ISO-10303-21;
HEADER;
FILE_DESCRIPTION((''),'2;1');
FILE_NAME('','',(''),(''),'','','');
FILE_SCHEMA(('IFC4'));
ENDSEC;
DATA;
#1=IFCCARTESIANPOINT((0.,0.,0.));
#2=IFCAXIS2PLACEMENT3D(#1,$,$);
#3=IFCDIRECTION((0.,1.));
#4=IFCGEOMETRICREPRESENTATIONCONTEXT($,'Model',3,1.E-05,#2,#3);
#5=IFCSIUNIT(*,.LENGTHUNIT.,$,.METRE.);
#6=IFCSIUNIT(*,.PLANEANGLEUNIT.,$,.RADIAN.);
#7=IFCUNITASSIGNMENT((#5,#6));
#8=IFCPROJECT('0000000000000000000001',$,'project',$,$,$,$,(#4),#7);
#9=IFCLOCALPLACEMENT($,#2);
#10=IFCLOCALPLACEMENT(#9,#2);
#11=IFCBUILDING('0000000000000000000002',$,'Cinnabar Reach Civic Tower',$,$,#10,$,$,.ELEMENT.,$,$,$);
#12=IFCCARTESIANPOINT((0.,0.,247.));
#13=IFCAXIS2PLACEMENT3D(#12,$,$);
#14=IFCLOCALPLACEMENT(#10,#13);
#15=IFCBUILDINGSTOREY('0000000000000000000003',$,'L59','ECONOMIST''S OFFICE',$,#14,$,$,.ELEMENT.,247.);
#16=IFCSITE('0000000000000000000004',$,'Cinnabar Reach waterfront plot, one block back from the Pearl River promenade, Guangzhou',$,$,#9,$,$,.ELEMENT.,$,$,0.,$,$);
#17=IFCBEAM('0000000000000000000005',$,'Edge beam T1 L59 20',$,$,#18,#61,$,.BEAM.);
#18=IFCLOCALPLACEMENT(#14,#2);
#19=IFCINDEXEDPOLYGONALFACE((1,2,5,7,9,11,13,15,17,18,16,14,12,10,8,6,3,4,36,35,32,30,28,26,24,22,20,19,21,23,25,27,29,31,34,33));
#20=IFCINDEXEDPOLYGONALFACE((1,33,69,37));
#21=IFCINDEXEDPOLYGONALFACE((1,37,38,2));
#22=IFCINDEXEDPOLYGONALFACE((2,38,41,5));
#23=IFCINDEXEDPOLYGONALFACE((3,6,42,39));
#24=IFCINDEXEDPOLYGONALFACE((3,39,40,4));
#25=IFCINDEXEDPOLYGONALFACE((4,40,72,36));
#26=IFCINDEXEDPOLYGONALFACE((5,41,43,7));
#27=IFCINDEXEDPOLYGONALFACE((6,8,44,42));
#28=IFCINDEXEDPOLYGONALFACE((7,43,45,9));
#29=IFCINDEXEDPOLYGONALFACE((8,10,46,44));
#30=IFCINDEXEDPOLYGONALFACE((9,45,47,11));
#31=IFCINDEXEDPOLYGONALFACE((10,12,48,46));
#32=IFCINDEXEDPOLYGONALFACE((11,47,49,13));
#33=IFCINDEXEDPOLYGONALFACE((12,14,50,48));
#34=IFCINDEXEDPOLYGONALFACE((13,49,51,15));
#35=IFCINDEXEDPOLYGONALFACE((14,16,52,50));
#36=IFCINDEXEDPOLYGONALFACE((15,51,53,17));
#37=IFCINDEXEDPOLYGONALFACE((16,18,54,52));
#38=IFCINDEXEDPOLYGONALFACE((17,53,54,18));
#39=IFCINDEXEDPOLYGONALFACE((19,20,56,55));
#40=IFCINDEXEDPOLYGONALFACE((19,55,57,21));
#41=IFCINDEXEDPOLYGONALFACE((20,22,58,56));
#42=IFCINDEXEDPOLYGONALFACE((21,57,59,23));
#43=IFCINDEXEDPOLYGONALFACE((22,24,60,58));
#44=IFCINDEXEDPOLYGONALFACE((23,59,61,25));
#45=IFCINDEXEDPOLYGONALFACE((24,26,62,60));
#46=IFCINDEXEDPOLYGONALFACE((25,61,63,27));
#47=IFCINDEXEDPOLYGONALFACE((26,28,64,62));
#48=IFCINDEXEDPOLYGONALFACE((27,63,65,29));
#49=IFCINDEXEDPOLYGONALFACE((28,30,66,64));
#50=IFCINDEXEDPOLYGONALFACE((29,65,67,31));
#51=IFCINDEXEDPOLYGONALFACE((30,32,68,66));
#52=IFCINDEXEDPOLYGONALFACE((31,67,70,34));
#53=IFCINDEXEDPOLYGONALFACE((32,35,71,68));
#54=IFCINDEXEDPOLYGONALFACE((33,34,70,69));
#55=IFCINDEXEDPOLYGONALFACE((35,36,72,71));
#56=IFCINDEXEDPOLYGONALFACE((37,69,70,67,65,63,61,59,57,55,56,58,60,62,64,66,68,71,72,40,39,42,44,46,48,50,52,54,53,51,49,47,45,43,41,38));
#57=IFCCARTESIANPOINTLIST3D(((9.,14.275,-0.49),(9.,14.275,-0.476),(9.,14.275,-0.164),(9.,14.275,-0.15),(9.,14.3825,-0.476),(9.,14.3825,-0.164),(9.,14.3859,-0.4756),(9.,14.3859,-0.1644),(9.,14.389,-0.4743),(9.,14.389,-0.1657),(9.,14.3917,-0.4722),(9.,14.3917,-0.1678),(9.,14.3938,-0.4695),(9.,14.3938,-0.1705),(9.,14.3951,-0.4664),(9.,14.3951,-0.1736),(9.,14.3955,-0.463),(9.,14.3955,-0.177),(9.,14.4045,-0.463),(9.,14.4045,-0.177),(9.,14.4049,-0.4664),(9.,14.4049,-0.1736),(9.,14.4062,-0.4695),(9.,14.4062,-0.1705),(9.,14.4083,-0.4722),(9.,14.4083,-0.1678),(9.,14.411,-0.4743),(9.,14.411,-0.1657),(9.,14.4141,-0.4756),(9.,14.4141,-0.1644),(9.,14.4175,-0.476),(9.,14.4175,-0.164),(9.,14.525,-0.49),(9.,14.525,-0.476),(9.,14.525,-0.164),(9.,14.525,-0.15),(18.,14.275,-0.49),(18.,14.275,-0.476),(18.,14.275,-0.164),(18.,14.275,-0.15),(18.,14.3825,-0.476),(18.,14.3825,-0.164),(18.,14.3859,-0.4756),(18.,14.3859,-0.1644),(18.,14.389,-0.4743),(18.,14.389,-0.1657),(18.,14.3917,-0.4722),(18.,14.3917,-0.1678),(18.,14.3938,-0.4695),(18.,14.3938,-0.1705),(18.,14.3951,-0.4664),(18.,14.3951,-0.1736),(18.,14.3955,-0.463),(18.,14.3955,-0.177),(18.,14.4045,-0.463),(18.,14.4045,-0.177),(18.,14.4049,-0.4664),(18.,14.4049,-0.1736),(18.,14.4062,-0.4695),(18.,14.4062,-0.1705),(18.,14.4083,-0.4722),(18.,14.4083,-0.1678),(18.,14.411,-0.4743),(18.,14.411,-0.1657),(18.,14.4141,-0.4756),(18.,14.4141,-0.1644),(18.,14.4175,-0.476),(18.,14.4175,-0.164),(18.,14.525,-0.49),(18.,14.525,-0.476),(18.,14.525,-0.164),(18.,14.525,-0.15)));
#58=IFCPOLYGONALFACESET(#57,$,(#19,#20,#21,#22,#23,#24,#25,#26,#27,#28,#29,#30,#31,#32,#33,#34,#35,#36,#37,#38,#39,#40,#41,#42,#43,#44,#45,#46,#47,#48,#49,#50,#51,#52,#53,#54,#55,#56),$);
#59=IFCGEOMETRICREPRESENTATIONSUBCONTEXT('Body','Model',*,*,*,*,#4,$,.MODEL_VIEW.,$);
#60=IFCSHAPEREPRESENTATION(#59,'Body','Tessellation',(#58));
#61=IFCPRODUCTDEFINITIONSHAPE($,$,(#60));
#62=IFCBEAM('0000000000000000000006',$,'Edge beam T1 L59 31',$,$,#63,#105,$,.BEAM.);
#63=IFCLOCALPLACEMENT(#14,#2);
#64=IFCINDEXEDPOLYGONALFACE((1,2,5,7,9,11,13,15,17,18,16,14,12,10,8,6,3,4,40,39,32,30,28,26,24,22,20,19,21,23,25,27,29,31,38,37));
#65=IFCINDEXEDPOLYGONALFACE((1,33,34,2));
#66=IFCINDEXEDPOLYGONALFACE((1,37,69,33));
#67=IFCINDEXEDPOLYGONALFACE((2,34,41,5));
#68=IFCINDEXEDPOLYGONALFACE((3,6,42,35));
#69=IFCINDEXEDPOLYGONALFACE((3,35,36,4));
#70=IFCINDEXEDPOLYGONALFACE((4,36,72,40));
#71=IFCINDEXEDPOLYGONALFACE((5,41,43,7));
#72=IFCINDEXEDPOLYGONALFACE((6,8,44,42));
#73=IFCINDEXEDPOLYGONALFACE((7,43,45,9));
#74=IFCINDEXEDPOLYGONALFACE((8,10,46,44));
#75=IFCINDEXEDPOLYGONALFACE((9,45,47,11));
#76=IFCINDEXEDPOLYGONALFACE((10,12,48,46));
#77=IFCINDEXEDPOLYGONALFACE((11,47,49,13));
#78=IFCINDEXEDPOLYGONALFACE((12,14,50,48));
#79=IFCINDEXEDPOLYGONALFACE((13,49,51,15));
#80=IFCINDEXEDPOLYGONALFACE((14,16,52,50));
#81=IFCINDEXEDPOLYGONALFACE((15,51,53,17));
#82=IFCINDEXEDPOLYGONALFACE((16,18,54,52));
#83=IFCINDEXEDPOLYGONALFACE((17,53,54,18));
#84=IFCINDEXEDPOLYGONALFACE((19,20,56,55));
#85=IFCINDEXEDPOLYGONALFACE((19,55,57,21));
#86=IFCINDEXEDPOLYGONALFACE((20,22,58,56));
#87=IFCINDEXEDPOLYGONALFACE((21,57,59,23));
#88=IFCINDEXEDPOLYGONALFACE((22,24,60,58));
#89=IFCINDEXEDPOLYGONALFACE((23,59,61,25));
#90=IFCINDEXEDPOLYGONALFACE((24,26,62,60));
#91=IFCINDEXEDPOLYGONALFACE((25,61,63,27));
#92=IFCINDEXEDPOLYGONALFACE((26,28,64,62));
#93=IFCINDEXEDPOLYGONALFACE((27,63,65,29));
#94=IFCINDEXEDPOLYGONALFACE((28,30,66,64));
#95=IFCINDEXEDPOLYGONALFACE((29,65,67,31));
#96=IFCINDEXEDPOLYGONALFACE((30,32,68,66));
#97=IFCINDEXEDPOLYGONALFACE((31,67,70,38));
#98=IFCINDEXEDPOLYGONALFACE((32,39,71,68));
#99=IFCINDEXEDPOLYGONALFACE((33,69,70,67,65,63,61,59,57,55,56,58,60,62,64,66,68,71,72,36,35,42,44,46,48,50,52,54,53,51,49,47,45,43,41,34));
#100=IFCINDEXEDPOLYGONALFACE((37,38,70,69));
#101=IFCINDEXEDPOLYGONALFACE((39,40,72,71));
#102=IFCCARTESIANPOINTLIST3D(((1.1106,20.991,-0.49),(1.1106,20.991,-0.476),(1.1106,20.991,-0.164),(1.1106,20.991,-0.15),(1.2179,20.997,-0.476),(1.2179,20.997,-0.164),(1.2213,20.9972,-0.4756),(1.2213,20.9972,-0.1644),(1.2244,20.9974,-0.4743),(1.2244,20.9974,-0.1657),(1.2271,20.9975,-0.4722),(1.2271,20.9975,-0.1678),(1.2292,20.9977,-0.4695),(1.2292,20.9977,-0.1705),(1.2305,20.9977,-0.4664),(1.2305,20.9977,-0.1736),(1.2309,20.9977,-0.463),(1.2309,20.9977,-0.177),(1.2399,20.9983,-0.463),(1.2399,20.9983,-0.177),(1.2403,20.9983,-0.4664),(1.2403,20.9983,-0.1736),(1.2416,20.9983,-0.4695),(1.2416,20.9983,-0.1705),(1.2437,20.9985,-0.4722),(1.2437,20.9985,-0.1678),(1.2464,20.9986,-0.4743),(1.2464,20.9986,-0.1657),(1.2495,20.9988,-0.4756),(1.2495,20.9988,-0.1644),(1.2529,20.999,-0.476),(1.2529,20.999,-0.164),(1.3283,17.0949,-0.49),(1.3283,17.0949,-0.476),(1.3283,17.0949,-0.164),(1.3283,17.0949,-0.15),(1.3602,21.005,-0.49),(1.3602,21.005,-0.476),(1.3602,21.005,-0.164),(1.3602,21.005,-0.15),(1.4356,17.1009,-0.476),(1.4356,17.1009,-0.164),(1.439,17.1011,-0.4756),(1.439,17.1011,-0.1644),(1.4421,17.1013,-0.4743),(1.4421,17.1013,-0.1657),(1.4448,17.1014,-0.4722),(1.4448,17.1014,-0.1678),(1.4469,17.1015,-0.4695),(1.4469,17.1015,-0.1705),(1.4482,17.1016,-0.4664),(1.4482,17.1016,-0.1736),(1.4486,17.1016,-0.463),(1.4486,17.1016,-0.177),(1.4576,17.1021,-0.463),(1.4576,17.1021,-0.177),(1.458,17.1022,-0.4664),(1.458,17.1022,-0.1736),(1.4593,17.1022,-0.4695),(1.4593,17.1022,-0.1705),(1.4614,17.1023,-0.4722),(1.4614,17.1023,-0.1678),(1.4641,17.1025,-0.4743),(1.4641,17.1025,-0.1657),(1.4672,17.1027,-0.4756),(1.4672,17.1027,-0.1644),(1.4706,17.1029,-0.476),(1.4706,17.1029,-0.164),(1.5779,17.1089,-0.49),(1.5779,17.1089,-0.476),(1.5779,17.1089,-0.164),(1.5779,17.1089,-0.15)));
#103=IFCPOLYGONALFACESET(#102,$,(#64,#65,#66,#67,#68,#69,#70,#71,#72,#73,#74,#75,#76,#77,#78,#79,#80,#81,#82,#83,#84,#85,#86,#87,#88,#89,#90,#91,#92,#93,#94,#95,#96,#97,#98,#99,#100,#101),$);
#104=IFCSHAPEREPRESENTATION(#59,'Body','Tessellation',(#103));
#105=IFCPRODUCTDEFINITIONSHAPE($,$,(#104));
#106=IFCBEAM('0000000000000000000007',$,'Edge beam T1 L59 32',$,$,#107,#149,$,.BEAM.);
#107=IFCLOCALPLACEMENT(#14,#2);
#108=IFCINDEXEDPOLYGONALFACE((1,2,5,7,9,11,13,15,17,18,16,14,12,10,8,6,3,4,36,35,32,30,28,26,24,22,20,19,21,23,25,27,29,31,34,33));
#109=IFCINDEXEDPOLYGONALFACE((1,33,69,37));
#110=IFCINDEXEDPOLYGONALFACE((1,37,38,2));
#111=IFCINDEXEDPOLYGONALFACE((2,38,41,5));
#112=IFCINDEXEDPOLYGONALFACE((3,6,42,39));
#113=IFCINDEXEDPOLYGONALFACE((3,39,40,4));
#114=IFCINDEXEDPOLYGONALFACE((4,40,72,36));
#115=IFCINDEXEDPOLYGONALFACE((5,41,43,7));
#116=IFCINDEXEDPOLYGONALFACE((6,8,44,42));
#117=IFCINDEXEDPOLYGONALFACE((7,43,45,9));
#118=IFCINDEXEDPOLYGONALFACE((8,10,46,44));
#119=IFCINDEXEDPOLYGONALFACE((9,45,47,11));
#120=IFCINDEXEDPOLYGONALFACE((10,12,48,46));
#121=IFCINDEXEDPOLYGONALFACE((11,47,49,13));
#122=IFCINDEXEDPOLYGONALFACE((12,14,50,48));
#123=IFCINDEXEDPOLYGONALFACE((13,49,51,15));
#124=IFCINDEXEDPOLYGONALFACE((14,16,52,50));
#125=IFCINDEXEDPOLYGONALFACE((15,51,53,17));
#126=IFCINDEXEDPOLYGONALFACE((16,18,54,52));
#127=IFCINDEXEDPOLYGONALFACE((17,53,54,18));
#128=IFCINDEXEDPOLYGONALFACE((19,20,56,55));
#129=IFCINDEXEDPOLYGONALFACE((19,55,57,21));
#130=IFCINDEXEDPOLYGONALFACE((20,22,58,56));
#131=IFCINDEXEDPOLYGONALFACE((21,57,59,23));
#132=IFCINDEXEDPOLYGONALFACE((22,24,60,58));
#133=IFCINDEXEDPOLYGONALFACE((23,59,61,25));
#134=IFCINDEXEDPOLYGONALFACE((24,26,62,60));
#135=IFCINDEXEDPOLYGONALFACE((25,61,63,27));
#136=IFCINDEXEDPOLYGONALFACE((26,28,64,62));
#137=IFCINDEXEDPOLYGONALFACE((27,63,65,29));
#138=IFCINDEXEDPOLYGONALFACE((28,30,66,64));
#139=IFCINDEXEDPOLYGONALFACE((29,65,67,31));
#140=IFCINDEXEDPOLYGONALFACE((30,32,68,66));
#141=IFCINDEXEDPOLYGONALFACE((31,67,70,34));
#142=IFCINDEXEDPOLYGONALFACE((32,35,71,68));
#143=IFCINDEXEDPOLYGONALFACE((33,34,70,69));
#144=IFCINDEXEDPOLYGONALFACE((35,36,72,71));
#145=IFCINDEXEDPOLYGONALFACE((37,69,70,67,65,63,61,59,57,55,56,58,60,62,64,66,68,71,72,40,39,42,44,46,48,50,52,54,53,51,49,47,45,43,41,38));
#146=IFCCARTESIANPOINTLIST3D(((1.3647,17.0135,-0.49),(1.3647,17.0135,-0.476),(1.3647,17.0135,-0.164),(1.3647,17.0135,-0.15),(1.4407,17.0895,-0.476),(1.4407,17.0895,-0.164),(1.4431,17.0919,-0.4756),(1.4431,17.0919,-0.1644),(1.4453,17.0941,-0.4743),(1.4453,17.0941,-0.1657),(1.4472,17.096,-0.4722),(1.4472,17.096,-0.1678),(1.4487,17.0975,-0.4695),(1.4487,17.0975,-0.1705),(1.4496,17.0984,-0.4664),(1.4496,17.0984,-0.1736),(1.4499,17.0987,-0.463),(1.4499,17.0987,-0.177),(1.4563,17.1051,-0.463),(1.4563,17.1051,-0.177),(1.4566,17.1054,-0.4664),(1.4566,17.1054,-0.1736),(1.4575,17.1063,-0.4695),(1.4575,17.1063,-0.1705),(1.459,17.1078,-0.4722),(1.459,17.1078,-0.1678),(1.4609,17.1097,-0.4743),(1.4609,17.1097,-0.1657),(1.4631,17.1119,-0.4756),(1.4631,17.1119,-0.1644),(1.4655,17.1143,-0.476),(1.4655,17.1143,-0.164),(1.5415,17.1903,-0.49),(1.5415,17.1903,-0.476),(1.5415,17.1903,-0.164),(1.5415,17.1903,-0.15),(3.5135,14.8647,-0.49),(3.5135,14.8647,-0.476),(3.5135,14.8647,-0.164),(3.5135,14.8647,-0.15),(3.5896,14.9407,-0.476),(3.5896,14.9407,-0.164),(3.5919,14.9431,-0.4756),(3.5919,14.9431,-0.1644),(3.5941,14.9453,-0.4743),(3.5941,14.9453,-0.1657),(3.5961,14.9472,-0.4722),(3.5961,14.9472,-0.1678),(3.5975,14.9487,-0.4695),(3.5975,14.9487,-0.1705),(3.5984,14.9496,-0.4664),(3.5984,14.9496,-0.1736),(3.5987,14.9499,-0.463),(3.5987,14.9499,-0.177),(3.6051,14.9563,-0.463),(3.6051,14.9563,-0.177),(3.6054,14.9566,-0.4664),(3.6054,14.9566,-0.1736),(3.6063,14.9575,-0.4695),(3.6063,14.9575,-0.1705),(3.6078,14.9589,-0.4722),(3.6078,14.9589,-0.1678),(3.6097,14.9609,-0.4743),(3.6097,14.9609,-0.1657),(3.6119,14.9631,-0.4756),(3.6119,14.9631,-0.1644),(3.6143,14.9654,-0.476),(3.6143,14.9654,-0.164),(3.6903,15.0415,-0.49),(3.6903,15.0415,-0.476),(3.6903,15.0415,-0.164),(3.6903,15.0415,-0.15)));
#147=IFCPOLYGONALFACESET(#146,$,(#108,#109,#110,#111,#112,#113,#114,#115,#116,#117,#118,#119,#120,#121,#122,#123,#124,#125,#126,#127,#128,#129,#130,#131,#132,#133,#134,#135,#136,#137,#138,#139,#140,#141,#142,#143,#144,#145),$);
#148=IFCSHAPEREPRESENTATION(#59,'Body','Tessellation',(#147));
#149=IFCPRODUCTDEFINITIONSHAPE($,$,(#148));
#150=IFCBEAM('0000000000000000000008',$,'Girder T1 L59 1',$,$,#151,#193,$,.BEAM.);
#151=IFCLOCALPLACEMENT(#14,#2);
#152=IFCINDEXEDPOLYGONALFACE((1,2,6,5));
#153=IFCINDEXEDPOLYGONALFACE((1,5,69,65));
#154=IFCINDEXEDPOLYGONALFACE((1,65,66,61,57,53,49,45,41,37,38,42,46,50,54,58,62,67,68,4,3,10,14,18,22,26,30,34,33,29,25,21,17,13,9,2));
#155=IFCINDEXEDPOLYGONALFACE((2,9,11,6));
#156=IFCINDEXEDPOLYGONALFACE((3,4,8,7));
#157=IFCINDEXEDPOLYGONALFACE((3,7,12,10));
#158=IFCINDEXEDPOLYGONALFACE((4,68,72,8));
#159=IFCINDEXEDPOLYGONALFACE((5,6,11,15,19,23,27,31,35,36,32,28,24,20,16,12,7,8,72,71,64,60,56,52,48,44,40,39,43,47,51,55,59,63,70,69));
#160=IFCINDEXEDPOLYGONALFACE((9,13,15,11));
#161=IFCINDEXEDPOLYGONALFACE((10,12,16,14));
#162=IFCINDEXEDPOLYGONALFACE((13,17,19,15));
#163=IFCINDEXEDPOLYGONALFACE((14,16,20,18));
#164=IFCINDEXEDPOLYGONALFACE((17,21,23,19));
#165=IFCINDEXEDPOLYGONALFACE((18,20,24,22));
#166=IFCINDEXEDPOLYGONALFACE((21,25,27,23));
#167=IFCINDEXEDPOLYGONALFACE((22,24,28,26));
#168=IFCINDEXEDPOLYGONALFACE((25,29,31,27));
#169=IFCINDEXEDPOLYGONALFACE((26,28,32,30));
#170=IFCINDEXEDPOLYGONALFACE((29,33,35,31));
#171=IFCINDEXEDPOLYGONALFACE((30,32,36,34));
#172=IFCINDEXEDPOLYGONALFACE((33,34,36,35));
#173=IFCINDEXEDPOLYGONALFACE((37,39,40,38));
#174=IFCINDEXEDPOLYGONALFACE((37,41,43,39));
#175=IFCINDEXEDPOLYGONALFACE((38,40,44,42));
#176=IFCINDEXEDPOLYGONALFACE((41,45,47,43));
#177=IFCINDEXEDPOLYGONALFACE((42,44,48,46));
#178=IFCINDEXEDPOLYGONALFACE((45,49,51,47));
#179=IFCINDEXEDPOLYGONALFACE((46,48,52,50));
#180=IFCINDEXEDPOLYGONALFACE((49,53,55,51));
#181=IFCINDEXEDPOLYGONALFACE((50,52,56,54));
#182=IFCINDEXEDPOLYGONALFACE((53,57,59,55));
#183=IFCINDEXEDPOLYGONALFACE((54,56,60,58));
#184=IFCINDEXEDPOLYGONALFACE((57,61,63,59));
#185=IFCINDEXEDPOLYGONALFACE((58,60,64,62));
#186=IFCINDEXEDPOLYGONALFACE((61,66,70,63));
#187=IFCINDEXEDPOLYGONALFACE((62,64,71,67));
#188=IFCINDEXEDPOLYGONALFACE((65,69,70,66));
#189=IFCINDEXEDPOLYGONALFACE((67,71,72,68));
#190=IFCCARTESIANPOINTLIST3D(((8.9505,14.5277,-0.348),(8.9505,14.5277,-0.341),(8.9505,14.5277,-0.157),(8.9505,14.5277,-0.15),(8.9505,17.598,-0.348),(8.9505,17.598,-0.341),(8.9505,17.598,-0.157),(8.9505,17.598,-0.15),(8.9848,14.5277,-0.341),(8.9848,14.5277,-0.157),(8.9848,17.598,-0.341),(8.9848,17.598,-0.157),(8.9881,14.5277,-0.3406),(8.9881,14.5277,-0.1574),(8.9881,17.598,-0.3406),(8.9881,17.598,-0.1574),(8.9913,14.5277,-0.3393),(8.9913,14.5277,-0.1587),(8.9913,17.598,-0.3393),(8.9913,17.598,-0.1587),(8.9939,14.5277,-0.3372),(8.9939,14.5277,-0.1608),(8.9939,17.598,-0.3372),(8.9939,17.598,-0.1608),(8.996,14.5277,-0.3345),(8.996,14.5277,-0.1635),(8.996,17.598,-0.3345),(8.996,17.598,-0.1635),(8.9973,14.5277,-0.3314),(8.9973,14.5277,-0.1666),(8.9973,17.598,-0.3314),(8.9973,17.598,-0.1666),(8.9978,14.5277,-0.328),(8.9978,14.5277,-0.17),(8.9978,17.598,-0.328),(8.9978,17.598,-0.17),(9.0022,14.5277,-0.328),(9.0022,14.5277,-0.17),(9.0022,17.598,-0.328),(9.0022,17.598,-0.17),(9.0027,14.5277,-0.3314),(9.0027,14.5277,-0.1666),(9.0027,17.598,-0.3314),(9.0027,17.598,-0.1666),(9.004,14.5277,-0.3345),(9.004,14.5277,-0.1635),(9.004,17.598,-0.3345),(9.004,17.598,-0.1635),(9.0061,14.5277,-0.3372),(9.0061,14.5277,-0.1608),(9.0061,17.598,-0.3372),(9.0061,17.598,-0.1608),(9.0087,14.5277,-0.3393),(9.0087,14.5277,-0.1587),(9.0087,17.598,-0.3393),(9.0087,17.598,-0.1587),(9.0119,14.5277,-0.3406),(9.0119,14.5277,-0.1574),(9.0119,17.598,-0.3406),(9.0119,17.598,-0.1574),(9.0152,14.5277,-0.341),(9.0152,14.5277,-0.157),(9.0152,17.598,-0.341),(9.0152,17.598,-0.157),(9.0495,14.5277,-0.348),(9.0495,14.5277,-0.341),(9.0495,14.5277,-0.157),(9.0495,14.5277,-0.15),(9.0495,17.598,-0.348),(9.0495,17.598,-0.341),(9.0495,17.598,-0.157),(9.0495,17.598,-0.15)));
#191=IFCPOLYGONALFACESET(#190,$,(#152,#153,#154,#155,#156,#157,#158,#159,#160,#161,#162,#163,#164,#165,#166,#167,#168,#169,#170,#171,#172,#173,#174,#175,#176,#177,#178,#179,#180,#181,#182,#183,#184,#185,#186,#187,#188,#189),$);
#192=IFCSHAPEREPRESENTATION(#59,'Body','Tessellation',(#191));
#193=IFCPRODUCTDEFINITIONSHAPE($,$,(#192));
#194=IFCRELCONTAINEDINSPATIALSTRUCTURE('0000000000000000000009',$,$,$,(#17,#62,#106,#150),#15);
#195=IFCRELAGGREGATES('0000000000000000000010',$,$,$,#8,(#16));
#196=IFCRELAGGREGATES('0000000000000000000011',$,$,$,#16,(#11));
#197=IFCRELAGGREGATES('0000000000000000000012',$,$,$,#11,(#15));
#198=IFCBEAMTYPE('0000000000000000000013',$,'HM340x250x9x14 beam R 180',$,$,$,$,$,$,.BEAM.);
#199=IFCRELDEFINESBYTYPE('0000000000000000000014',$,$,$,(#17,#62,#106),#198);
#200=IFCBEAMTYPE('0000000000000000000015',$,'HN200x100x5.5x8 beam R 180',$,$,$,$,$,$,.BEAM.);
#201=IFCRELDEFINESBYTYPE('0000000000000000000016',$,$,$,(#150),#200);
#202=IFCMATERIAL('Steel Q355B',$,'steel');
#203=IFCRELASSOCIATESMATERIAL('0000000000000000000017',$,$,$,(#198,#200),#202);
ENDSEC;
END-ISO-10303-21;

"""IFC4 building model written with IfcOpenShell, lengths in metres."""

from ifc_helpers import new_model, si_unit, direction, frame, origin, origin_2d, place, context, subcontext, project, spatial, i_section, extrude, material, material_profile, profile_set, type_object, element, save


model = new_model("IFC4")

# Units and contexts
model_context = context("Model", 3, precision=1e-05, world=origin(), true_north=direction((0.0, 1.0)))
body_context = subcontext(model_context, "Body", "Model", "MODEL_VIEW")
ifc_project = project(units=[si_unit("LENGTHUNIT", "METRE"), si_unit("PLANEANGLEUNIT", "RADIAN")], contexts=[model_context])

# Site, building, storey
site_placement = place(None, origin())
site = spatial("IfcSite", under=ifc_project, at=site_placement, Name="Cinnabar Reach waterfront plot, one block back from the Pearl River promenade, Guangzhou", CompositionType="ELEMENT", RefElevation=0.0)
building_placement = place(site_placement, origin())
building = spatial("IfcBuilding", under=site, at=building_placement, Name="Cinnabar Reach Civic Tower", CompositionType="ELEMENT")
storey_placement = place(building_placement, frame((0.0, 0.0, 247.0)))
storey = spatial("IfcBuildingStorey", under=building, at=storey_placement, Name="L59", Description="ECONOMIST'S OFFICE", CompositionType="ELEMENT", Elevation=247.0)

# Beams
ifc_material_1 = material(Name="Steel Q355B", Category="steel")
ifc_material_profile_1 = material_profile(ifc_material_1, i_section(OverallWidth=0.25, OverallDepth=0.34, WebThickness=0.009, FlangeThickness=0.014, FilletRadius=0.013, at=origin_2d()), Name="HM340x250x9x14")
ifc_profile_set_1 = profile_set([ifc_material_profile_1], Name="Steel Q355B")
beam_type_1 = type_object("IfcBeamType", Name="HM340x250x9x14 beam R 180", PredefinedType="BEAM", material=ifc_profile_set_1)
beam_1_placement = place(storey_placement, frame((9.0, 14.4, -0.32), z_axis=(1.0, 0.0, 0.0), x_axis=(0.0, 1.0, 0.0)))
element("IfcBeam", 1, at=beam_1_placement, inside=storey, type_object=beam_type_1, Name="Edge beam T1 L59 20", PredefinedType="BEAM", context=body_context, shape_type="SweptSolid", body=[
    extrude(i_section(OverallWidth=0.25, OverallDepth=0.34, WebThickness=0.009, FlangeThickness=0.014, FilletRadius=0.013, at=origin_2d()), origin(), (0.0, 0.0, 1.0), 9.0),
])
beam_2_placement = place(storey_placement, frame((1.2354, 20.998, -0.32), z_axis=(0.055789, -0.998443, 0.0), x_axis=(0.998443, 0.055789, 0.0)))
element("IfcBeam", 2, at=beam_2_placement, inside=storey, type_object=beam_type_1, Name="Edge beam T1 L59 31", PredefinedType="BEAM", context=body_context, shape_type="SweptSolid", body=[
    extrude(i_section(OverallWidth=0.25, OverallDepth=0.34, WebThickness=0.009, FlangeThickness=0.014, FilletRadius=0.013, at=origin_2d()), origin(), (0.0, 0.0, 1.0), 3.9022),
])
beam_3_placement = place(storey_placement, frame((1.4531, 17.1019, -0.32), z_axis=(0.707107, -0.707107, 0.0), x_axis=(0.707107, 0.707107, 0.0)))
element("IfcBeam", 3, at=beam_3_placement, inside=storey, type_object=beam_type_1, Name="Edge beam T1 L59 32", PredefinedType="BEAM", context=body_context, shape_type="SweptSolid", body=[
    extrude(i_section(OverallWidth=0.25, OverallDepth=0.34, WebThickness=0.009, FlangeThickness=0.014, FilletRadius=0.013, at=origin_2d()), origin(), (0.0, 0.0, 1.0), 3.0389),
])
ifc_material_profile_2 = material_profile(ifc_material_1, i_section(OverallWidth=0.099, OverallDepth=0.198, WebThickness=0.0045, FlangeThickness=0.007, FilletRadius=0.013, at=origin_2d()), Name="HN200x100x5.5x8")
ifc_profile_set_2 = profile_set([ifc_material_profile_2], Name="Steel Q355B")
beam_type_2 = type_object("IfcBeamType", Name="HN200x100x5.5x8 beam R 180", PredefinedType="BEAM", material=ifc_profile_set_2)
beam_4_placement = place(storey_placement, frame((9.0, 14.5277, -0.249), z_axis=(0.0, 1.0, 0.0), x_axis=(-1.0, 0.0, 0.0)))
element("IfcBeam", 4, at=beam_4_placement, inside=storey, type_object=beam_type_2, Name="Girder T1 L59 1", PredefinedType="BEAM", context=body_context, shape_type="SweptSolid", body=[
    extrude(i_section(OverallWidth=0.099, OverallDepth=0.198, WebThickness=0.0045, FlangeThickness=0.007, FilletRadius=0.013, at=origin_2d()), origin(), (0.0, 0.0, 1.0), 3.0703),
])

save(model, "model.ifc")
